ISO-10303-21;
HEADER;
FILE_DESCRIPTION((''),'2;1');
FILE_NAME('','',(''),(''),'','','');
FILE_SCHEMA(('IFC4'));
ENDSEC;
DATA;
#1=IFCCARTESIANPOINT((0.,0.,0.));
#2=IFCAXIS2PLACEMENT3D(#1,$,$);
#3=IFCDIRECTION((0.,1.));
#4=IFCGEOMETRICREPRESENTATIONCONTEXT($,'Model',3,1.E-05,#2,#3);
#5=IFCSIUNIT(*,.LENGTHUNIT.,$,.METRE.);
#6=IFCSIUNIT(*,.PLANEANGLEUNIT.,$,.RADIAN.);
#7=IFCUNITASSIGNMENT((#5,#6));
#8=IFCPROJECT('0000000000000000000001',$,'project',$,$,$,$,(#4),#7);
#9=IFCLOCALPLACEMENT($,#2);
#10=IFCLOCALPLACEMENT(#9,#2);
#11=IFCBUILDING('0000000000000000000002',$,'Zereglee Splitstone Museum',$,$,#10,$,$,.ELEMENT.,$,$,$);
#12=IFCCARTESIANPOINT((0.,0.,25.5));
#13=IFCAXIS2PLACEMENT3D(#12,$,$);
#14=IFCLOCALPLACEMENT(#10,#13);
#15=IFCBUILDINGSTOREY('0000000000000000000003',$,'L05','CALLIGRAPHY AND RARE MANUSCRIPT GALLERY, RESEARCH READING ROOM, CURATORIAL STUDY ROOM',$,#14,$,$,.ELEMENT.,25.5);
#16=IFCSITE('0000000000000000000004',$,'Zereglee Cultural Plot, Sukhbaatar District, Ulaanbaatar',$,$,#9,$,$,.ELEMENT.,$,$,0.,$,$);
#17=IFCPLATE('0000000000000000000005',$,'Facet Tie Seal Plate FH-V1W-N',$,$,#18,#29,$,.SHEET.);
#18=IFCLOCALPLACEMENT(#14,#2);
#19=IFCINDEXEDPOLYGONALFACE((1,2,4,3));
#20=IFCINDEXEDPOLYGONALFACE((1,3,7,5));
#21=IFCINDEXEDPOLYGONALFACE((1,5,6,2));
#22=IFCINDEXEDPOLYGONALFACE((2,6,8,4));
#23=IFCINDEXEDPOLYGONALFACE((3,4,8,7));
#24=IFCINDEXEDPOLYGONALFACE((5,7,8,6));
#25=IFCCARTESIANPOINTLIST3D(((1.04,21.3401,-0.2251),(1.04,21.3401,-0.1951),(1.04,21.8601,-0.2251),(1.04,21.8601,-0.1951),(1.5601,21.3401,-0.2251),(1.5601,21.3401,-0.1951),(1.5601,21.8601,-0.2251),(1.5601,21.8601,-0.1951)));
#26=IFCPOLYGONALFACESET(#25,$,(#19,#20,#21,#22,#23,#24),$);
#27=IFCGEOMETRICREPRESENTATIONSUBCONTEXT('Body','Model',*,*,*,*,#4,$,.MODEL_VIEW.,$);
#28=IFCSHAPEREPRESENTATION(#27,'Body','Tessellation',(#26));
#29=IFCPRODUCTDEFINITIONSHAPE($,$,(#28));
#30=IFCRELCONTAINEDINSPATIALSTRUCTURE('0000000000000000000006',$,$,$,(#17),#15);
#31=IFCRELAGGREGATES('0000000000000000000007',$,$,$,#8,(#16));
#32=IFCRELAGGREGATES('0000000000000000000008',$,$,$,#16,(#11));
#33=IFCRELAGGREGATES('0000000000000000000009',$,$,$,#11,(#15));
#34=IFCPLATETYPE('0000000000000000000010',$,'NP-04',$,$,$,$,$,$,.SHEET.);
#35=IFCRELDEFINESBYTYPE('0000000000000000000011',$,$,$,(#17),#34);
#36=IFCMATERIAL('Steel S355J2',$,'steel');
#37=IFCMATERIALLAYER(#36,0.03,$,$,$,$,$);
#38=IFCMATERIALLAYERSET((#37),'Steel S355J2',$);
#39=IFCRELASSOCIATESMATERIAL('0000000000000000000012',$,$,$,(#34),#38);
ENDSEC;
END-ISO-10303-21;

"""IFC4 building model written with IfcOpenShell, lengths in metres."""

from ifc_helpers import new_model, si_unit, direction, frame, origin, origin_2d, place, context, subcontext, project, spatial, rectangle, extrude, material, layer, layer_set, type_object, element, save


model = new_model("IFC4")

# Units and contexts
model_context = context("Model", 3, precision=1e-05, world=origin(), true_north=direction((0.0, 1.0)))
body_context = subcontext(model_context, "Body", "Model", "MODEL_VIEW")
ifc_project = project(units=[si_unit("LENGTHUNIT", "METRE"), si_unit("PLANEANGLEUNIT", "RADIAN")], contexts=[model_context])

# Site, building, storey
site_placement = place(None, origin())
site = spatial("IfcSite", under=ifc_project, at=site_placement, Name="Zereglee Cultural Plot, Sukhbaatar District, Ulaanbaatar", CompositionType="ELEMENT", RefElevation=0.0)
building_placement = place(site_placement, origin())
building = spatial("IfcBuilding", under=site, at=building_placement, Name="Zereglee Splitstone Museum", CompositionType="ELEMENT")
storey_placement = place(building_placement, frame((0.0, 0.0, 25.5)))
storey = spatial("IfcBuildingStorey", under=building, at=storey_placement, Name="L05", Description="CALLIGRAPHY AND RARE MANUSCRIPT GALLERY, RESEARCH READING ROOM, CURATORIAL STUDY ROOM", CompositionType="ELEMENT", Elevation=25.5)

# Shared definitions
ifc_material_1 = material(Name="Steel S355J2", Category="steel")

# Plate
ifc_layer = layer(ifc_material_1, 0.03)
ifc_layer_set = layer_set([ifc_layer], Name="Steel S355J2")
plate_type = type_object("IfcPlateType", Name="NP-04", PredefinedType="SHEET", material=ifc_layer_set)
plate_placement = place(storey_placement, frame((1.3, 21.6001, -0.2251), z_axis=(0.0, 0.0, 1.0), x_axis=(1.0, 0.0, 0.0)))
element("IfcPlate", 1, at=plate_placement, inside=storey, type_object=plate_type, Name="Facet Tie Seal Plate FH-V1W-N", PredefinedType="SHEET", context=body_context, shape_type="SweptSolid", body=[
    extrude(rectangle(XDim=0.52, YDim=0.52, at=origin_2d()), origin(), (0.0, 0.0, 1.0), 0.03),
])

save(model, "model.ifc")
